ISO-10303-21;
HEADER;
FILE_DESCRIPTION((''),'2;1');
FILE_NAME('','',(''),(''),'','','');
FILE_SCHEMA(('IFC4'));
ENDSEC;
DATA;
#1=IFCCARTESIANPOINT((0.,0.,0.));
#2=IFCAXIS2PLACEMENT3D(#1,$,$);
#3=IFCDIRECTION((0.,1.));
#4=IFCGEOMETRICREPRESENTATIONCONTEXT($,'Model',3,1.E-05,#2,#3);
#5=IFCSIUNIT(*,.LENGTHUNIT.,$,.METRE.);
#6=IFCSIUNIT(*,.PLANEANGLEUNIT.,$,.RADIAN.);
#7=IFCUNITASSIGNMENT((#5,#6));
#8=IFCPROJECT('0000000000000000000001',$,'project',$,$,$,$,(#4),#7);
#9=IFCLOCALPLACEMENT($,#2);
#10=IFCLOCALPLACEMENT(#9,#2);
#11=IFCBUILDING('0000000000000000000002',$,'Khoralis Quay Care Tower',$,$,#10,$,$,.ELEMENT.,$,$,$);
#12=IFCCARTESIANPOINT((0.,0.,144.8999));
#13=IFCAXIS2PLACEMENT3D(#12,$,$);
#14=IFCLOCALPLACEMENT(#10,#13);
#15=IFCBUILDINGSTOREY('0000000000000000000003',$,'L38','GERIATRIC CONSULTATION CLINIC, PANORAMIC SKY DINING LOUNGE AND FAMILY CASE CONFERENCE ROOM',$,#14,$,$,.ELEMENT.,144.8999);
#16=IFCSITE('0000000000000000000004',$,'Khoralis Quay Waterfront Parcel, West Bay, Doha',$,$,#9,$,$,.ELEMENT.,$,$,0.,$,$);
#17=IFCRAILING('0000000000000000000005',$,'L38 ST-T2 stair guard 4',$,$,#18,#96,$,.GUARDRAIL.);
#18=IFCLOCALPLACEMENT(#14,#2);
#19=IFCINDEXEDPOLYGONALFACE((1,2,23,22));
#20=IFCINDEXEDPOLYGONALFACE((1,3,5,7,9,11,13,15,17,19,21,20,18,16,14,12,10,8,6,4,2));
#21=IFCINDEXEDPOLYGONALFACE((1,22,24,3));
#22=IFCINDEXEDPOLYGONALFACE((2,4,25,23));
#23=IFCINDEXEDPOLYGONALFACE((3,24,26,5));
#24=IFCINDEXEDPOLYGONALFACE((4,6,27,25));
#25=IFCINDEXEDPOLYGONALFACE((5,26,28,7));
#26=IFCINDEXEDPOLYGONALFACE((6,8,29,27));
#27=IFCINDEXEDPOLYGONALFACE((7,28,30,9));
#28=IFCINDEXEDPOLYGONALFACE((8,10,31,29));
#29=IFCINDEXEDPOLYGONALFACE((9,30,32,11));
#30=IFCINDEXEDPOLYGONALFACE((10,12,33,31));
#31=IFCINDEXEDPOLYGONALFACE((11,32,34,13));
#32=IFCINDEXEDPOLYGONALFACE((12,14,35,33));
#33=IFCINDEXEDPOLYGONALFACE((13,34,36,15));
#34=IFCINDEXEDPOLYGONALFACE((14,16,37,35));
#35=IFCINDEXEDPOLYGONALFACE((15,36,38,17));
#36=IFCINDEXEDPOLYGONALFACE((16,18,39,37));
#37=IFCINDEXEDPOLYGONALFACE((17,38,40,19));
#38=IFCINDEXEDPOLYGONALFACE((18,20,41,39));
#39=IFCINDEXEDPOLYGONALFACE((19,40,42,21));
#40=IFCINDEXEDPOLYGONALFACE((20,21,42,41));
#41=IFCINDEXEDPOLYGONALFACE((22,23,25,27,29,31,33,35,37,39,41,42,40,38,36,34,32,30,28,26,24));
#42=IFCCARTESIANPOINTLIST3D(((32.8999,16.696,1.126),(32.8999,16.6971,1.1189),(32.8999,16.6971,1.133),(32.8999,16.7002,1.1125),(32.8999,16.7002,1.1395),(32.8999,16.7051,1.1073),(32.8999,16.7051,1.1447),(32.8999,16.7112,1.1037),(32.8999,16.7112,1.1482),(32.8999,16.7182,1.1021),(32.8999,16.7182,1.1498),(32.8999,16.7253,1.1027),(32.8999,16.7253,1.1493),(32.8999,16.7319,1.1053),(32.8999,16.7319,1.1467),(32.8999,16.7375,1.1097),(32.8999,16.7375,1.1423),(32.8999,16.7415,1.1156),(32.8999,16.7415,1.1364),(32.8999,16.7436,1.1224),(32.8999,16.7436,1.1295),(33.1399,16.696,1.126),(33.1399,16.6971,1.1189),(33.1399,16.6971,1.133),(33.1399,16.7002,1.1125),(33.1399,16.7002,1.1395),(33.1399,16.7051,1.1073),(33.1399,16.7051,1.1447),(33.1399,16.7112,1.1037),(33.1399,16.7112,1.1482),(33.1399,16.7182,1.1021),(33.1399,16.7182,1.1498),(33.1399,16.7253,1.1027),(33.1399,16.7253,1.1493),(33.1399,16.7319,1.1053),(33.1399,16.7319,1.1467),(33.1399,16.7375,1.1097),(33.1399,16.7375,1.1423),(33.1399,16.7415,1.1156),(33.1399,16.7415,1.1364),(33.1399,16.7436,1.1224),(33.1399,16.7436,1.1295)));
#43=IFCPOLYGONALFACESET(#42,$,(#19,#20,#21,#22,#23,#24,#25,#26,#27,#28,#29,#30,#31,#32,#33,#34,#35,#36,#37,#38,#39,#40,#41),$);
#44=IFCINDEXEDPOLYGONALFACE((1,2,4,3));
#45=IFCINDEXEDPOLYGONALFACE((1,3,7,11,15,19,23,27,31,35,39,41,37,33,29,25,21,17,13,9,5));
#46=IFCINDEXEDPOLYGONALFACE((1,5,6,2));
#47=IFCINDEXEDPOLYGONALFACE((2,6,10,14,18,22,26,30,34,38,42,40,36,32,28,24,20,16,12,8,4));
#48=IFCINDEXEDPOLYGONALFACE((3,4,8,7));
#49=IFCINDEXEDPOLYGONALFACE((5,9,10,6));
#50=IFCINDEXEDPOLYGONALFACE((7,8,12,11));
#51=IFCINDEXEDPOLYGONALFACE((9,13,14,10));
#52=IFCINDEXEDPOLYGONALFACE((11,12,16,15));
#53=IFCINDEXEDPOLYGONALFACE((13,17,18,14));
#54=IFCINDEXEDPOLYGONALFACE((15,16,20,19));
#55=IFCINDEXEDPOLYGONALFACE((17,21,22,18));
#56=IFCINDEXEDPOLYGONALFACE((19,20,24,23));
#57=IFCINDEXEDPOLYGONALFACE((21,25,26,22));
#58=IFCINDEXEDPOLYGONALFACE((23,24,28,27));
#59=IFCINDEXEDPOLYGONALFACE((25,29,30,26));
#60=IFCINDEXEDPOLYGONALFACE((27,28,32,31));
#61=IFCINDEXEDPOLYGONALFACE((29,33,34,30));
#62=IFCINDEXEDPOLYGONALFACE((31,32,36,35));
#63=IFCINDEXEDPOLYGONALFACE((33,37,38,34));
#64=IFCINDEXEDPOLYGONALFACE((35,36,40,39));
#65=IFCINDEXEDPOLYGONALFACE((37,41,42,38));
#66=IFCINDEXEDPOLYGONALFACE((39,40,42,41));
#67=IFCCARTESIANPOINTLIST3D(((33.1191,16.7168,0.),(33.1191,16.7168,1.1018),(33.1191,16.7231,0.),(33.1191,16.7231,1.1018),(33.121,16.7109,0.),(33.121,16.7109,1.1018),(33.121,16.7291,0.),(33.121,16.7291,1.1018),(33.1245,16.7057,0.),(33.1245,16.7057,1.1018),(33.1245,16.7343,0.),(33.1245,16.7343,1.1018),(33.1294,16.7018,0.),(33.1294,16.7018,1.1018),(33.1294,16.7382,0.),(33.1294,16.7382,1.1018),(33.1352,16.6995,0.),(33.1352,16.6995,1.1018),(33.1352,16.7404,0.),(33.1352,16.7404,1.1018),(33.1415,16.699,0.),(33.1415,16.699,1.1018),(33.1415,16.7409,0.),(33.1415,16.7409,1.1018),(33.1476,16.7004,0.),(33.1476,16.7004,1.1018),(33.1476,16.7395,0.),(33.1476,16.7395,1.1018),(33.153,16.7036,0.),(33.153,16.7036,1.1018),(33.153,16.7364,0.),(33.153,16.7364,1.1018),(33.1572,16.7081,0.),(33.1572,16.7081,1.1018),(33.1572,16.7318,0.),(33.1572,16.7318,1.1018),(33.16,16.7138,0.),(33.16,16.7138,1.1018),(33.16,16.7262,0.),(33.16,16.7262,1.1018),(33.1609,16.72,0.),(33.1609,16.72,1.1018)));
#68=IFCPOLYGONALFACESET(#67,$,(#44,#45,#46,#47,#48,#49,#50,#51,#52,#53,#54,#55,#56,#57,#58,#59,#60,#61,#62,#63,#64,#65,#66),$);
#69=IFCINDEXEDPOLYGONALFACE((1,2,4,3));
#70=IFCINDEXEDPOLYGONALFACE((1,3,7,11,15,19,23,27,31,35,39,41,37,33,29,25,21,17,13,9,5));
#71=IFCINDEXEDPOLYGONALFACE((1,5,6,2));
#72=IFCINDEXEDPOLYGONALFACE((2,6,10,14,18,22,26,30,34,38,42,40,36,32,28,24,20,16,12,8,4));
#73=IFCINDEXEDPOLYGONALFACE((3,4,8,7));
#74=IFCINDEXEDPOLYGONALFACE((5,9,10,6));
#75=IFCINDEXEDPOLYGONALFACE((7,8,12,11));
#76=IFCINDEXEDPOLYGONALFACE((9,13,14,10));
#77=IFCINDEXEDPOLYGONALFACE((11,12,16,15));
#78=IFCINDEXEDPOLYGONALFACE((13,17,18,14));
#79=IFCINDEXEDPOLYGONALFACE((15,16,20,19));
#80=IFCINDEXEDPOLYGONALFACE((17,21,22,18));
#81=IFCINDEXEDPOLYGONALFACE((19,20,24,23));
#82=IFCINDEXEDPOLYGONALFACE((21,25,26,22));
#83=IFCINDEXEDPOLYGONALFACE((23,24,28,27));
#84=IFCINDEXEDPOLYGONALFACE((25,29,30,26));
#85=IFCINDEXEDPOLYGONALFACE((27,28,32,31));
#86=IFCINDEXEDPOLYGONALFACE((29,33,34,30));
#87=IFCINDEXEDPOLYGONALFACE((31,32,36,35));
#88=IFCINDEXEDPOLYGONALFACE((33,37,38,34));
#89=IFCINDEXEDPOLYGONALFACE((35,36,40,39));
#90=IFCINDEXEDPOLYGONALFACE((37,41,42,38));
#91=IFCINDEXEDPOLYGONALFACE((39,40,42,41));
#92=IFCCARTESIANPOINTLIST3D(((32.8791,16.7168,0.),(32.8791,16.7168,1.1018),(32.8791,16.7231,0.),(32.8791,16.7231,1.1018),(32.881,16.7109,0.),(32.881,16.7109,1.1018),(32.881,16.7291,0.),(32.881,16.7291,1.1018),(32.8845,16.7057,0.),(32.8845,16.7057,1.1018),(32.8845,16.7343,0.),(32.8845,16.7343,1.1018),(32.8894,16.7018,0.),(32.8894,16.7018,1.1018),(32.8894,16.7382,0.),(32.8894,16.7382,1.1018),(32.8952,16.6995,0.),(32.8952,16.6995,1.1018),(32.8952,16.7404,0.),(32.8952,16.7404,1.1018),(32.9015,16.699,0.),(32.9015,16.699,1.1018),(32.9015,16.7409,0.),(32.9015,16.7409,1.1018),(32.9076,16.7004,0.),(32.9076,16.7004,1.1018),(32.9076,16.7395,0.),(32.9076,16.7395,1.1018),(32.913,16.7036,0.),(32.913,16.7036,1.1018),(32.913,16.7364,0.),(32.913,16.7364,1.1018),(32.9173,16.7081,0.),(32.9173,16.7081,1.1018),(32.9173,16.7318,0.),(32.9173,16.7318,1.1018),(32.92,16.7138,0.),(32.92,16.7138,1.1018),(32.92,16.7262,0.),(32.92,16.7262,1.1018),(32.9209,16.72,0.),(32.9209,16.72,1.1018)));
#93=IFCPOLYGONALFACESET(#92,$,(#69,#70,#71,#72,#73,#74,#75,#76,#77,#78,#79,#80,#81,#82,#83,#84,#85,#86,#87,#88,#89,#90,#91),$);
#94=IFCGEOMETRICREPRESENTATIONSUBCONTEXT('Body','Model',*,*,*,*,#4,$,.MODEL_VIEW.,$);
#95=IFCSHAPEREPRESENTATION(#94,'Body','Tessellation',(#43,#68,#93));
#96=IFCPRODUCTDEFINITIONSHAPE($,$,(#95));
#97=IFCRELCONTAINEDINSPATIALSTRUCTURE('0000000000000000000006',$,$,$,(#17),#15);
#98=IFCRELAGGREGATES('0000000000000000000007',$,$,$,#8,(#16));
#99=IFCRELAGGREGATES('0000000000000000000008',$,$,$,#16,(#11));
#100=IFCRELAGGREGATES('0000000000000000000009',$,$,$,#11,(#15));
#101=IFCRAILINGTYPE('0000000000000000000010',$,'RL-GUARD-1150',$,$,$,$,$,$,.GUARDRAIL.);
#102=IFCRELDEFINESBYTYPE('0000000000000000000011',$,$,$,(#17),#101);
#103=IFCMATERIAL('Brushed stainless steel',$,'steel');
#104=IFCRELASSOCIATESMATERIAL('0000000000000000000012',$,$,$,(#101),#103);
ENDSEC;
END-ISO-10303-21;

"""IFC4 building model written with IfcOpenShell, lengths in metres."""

from ifc_helpers import new_model, si_unit, direction, frame, origin, origin_2d, place, context, subcontext, project, spatial, circle, extrude, material, type_object, element, save


model = new_model("IFC4")

# Units and contexts
model_context = context("Model", 3, precision=1e-05, world=origin(), true_north=direction((0.0, 1.0)))
body_context = subcontext(model_context, "Body", "Model", "MODEL_VIEW")
ifc_project = project(units=[si_unit("LENGTHUNIT", "METRE"), si_unit("PLANEANGLEUNIT", "RADIAN")], contexts=[model_context])

# Site, building, storey
site_placement = place(None, origin())
site = spatial("IfcSite", under=ifc_project, at=site_placement, Name="Khoralis Quay Waterfront Parcel, West Bay, Doha", CompositionType="ELEMENT", RefElevation=0.0)
building_placement = place(site_placement, origin())
building = spatial("IfcBuilding", under=site, at=building_placement, Name="Khoralis Quay Care Tower", CompositionType="ELEMENT")
storey_placement = place(building_placement, frame((0.0, 0.0, 144.8999)))
storey = spatial("IfcBuildingStorey", under=building, at=storey_placement, Name="L38", Description="GERIATRIC CONSULTATION CLINIC, PANORAMIC SKY DINING LOUNGE AND FAMILY CASE CONFERENCE ROOM", CompositionType="ELEMENT", Elevation=144.8999)

# Railing
ifc_material_1 = material(Name="Brushed stainless steel", Category="steel")
railing_type_1 = type_object("IfcRailingType", Name="RL-GUARD-1150", PredefinedType="GUARDRAIL", material=ifc_material_1)
railing_1_placement = place(storey_placement, frame((33.1399, 16.72, 0.0)))
element("IfcRailing", 1, at=railing_1_placement, inside=storey, type_object=railing_type_1, Name="L38 ST-T2 stair guard 4", PredefinedType="GUARDRAIL", context=body_context, shape_type="SweptSolid", body=[
    extrude(circle(Radius=0.0239, at=origin_2d()), frame((0.0, 0.0, 1.126), z_axis=(-1.0, 0.0, 0.0), x_axis=(0.0, -1.0, 0.0)), (0.0, 0.0, 1.0), 0.24),
    extrude(circle(Radius=0.021, at=origin_2d()), origin(), (0.0, 0.0, 1.0), 1.1018),
    extrude(circle(Radius=0.021, at=origin_2d()), frame((-0.24, 0.0, 0.0)), (0.0, 0.0, 1.0), 1.1018),
])

save(model, "model.ifc")
